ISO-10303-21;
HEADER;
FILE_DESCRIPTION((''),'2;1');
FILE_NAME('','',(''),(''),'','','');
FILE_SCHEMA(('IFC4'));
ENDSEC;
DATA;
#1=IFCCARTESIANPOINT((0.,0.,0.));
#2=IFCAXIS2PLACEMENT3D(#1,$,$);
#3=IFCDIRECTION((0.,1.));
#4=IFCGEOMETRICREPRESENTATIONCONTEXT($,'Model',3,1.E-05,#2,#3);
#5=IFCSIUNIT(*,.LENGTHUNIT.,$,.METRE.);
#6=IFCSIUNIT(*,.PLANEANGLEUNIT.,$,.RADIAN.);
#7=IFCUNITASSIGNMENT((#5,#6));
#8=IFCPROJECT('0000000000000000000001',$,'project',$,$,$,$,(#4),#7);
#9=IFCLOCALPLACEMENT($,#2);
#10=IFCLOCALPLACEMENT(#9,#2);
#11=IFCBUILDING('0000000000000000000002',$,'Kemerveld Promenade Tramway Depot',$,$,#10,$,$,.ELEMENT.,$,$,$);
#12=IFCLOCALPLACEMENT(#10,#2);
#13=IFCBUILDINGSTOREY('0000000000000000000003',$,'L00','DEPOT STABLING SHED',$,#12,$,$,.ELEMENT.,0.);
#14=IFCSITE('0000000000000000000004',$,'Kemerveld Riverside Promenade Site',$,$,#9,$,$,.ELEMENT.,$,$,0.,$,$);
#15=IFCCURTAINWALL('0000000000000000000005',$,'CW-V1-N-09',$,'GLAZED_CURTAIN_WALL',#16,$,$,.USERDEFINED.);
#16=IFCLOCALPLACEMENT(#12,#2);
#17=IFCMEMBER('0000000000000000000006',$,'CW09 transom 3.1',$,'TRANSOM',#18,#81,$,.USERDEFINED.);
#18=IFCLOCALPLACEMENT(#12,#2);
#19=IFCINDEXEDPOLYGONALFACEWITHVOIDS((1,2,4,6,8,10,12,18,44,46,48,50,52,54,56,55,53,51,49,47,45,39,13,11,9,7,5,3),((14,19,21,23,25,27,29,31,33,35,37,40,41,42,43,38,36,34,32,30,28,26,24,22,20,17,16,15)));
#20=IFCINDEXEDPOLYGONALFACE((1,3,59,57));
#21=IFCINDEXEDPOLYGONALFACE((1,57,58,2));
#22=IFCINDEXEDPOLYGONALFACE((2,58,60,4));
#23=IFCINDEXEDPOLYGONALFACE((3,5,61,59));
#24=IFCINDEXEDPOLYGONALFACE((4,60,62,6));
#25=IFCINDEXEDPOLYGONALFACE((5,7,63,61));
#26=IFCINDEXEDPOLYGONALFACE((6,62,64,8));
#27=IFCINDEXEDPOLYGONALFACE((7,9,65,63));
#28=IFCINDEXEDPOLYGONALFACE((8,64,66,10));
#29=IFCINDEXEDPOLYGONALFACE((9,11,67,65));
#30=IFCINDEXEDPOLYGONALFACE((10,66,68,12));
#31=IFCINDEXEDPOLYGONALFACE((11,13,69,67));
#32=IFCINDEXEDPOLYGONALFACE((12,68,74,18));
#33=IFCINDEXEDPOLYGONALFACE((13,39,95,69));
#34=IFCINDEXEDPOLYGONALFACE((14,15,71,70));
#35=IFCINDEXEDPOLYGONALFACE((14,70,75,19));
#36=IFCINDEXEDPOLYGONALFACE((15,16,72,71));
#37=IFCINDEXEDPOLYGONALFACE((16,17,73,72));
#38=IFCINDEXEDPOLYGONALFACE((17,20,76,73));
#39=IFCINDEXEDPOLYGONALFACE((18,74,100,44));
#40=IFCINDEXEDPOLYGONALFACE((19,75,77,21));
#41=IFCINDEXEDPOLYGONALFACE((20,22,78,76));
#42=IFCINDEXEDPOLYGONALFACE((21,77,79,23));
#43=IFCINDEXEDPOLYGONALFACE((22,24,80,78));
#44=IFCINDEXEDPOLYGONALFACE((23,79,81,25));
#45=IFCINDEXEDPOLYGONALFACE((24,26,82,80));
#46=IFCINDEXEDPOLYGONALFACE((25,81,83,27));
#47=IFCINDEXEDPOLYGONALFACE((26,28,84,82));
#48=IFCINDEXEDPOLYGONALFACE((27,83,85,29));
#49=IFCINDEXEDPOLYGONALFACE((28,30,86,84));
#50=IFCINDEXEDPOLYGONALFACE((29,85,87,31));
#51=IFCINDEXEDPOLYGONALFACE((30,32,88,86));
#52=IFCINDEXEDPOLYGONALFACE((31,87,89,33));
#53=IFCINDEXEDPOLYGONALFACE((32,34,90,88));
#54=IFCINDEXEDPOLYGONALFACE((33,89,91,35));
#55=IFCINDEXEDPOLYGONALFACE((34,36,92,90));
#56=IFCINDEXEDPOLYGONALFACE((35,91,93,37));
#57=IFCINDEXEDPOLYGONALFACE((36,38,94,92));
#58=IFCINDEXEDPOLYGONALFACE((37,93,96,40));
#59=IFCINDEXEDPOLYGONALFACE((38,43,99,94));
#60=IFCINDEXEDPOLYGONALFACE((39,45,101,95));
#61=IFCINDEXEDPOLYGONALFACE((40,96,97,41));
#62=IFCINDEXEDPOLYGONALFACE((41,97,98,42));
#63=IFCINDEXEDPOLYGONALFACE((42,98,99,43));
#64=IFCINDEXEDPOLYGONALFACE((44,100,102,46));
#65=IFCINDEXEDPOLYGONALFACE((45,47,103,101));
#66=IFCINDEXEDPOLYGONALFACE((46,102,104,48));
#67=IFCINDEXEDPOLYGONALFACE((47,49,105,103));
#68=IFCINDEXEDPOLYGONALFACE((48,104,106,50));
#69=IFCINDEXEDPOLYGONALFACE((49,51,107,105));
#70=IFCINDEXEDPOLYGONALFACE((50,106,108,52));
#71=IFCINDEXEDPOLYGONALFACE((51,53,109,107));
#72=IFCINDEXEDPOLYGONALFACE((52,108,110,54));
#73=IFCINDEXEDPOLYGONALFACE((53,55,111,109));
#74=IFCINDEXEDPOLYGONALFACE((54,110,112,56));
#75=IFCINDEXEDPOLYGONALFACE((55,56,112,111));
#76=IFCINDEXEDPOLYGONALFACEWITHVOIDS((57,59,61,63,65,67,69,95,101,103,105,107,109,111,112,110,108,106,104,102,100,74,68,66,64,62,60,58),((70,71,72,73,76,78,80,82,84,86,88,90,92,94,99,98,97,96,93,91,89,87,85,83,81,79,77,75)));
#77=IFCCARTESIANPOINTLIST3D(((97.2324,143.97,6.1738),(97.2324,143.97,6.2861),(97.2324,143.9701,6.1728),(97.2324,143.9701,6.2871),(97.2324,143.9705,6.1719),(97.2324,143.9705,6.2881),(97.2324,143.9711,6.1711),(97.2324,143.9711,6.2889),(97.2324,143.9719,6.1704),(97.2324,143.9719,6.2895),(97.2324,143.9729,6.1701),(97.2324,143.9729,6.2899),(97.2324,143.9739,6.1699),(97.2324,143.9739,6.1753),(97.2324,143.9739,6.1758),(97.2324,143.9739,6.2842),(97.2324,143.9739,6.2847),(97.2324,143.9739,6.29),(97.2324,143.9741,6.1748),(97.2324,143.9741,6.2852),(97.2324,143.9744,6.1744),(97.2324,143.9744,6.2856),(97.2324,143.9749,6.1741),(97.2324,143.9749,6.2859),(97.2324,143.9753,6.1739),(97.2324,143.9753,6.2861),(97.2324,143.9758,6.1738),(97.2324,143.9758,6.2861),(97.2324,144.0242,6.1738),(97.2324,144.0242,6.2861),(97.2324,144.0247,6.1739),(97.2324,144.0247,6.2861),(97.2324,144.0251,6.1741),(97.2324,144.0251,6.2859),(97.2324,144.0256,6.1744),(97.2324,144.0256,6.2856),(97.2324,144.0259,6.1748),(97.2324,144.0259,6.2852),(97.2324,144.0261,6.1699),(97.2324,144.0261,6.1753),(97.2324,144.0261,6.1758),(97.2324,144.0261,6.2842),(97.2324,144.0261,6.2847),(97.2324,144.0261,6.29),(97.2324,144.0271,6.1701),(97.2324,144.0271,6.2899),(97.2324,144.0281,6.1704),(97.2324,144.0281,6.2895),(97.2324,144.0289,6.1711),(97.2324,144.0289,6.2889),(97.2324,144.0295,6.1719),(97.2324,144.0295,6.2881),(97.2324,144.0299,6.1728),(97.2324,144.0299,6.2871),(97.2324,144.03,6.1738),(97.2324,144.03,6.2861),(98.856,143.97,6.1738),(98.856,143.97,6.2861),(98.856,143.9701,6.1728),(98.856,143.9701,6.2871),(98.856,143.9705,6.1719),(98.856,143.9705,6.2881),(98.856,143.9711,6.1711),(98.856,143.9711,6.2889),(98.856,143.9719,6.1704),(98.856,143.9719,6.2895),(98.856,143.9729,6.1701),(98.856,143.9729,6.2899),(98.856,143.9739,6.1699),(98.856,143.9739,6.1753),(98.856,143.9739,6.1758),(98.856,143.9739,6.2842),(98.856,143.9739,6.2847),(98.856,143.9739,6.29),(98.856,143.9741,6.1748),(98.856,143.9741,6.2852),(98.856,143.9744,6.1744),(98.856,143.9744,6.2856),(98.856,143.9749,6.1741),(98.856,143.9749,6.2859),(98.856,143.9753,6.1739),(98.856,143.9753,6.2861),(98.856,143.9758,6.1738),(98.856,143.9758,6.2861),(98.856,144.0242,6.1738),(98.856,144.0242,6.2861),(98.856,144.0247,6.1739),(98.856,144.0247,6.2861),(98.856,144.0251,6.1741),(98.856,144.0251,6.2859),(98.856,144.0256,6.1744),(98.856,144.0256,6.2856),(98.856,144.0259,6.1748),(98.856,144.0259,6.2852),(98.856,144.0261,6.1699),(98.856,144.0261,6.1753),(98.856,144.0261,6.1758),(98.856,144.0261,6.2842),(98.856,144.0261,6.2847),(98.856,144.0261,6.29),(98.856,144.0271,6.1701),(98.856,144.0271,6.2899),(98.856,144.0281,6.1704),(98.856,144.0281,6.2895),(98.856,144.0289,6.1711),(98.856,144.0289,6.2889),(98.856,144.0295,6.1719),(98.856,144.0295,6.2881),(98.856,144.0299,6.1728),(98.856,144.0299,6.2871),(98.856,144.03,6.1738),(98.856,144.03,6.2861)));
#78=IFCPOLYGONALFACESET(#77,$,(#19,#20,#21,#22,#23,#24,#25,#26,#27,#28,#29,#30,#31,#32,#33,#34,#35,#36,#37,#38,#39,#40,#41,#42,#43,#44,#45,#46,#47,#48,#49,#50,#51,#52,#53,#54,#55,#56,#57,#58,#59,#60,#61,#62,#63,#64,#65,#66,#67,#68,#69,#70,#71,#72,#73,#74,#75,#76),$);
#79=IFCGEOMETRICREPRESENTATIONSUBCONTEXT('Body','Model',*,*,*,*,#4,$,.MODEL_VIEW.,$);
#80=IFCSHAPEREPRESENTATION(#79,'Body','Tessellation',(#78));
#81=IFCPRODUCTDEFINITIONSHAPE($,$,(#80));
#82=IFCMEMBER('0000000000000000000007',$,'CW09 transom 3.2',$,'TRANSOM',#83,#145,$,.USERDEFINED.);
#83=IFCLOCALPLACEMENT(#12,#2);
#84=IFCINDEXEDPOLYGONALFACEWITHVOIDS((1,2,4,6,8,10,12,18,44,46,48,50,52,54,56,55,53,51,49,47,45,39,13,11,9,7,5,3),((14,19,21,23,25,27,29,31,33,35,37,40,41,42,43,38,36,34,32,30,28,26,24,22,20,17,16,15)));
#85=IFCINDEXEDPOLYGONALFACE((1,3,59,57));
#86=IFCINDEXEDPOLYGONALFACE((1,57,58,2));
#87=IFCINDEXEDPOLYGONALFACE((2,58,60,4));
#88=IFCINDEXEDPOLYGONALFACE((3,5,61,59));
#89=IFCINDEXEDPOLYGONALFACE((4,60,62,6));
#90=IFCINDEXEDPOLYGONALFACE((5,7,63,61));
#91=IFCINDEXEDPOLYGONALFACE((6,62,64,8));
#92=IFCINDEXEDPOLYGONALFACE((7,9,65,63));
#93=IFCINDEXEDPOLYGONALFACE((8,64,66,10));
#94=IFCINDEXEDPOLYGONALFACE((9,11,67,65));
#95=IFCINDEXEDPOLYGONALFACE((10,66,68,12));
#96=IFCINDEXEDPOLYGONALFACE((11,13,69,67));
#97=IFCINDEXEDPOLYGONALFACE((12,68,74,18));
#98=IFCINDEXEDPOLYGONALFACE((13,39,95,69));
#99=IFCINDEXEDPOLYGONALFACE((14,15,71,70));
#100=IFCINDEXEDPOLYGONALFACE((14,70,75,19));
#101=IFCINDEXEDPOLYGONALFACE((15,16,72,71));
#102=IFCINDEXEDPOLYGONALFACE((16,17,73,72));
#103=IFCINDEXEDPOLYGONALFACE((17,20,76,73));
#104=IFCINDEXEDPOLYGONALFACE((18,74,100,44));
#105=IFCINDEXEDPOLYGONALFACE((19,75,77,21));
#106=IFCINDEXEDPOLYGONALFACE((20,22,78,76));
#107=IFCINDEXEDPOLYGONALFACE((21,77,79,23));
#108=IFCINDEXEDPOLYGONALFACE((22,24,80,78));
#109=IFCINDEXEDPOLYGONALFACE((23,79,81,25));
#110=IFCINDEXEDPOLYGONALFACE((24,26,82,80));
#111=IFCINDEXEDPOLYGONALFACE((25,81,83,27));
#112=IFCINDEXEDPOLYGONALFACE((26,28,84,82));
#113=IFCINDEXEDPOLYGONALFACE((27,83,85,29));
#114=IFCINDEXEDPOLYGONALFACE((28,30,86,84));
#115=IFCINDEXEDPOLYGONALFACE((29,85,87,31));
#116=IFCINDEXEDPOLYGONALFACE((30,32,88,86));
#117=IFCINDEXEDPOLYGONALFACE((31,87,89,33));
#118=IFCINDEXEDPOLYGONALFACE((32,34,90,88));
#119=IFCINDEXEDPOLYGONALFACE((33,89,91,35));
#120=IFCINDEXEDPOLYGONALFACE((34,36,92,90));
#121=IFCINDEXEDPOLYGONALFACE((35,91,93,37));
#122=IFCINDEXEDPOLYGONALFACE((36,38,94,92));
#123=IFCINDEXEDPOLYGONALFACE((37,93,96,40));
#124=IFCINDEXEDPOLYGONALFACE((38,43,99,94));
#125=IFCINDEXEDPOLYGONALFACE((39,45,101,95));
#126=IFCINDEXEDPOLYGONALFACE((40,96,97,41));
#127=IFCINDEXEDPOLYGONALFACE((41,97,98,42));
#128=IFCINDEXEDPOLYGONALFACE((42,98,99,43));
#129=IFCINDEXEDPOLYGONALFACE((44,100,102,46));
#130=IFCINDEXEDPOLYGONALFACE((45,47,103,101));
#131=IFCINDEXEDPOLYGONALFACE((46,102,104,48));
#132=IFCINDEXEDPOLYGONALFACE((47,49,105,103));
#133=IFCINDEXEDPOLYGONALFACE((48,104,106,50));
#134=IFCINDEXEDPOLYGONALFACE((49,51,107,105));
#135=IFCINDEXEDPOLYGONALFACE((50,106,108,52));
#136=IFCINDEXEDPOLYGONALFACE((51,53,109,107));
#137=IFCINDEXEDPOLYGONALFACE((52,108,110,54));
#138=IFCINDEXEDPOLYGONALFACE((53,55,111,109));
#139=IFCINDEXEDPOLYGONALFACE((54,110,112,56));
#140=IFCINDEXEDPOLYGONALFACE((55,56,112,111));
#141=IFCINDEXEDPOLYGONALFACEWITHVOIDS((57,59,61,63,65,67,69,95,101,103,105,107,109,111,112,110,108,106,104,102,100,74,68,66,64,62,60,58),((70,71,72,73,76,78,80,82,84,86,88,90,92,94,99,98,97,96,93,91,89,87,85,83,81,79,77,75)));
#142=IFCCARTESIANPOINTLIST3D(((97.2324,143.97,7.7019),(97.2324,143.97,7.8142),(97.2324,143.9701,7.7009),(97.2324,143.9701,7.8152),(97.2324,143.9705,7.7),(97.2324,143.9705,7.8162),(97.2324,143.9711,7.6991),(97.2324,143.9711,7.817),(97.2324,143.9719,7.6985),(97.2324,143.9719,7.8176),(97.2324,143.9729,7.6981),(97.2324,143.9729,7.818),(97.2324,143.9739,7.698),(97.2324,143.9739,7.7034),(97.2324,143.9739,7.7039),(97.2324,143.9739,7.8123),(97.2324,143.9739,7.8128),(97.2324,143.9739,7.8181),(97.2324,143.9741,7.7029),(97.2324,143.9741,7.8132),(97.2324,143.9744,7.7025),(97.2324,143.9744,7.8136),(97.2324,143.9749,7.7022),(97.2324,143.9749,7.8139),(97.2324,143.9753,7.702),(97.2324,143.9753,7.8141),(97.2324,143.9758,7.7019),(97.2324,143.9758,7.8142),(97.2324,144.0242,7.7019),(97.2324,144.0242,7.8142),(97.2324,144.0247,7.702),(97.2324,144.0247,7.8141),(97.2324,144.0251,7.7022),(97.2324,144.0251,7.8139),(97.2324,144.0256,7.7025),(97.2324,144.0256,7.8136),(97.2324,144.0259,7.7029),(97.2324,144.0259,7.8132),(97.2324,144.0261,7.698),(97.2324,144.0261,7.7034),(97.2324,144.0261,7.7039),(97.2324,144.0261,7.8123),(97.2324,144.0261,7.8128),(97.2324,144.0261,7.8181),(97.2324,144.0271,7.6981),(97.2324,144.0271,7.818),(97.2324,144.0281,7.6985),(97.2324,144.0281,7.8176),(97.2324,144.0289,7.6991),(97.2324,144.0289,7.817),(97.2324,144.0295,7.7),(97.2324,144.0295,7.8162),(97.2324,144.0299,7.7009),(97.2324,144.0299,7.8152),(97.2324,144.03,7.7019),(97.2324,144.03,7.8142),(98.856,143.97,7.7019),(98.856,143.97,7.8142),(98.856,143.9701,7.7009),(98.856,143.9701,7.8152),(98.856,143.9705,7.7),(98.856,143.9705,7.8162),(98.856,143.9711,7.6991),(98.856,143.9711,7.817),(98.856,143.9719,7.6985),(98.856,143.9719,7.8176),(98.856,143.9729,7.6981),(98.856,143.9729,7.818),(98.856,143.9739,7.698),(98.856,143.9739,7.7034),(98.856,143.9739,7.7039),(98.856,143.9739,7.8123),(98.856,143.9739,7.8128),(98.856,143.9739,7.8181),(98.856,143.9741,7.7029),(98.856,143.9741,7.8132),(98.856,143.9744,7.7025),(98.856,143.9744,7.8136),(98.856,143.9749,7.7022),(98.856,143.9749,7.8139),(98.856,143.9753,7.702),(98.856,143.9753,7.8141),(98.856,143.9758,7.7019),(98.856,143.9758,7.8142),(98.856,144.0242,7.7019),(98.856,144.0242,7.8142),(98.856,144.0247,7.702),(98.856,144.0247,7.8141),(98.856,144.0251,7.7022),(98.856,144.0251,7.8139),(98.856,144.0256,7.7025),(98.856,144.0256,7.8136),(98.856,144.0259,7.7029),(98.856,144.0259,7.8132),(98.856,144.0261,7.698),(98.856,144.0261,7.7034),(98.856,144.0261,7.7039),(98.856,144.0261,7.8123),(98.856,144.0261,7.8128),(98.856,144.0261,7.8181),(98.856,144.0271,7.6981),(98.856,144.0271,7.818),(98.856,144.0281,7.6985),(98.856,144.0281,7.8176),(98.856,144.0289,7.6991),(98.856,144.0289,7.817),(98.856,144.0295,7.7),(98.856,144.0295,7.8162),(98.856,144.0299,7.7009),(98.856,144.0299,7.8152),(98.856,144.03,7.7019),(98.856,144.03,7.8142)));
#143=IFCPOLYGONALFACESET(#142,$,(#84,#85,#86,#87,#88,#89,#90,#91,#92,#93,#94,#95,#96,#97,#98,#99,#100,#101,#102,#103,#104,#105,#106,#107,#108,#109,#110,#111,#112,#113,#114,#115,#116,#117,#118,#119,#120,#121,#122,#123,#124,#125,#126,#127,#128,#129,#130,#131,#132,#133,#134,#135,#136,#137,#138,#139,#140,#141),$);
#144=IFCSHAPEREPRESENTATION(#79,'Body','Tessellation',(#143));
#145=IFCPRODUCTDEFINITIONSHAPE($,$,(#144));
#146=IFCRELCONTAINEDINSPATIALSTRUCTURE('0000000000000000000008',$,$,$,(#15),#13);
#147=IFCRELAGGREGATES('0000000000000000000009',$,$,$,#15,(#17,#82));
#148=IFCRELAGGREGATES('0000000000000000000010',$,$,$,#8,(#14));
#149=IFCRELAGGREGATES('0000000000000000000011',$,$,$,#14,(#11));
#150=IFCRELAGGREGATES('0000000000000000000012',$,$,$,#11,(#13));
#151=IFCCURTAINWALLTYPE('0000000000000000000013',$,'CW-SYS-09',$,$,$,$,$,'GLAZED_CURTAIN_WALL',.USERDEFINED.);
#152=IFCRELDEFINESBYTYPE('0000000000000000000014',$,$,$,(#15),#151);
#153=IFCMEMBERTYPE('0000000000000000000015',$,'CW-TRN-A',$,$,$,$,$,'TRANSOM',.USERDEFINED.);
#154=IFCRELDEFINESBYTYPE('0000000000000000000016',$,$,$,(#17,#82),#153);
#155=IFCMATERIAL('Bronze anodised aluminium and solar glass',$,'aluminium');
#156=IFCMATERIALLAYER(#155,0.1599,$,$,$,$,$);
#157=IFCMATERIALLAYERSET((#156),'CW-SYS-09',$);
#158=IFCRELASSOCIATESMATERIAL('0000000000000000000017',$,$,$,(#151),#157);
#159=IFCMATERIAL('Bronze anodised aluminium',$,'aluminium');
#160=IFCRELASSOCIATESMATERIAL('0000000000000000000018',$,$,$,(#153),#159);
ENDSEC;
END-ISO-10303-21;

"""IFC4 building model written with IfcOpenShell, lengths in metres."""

from ifc_helpers import new_model, si_unit, direction, frame, origin, origin_2d, place, context, subcontext, project, spatial, hollow_rectangle, extrude, material, layer, layer_set, material_profile, profile_set, type_object, element, aggregate, save


model = new_model("IFC4")

# Units and contexts
model_context = context("Model", 3, precision=1e-05, world=origin(), true_north=direction((0.0, 1.0)))
body_context = subcontext(model_context, "Body", "Model", "MODEL_VIEW")
ifc_project = project(units=[si_unit("LENGTHUNIT", "METRE"), si_unit("PLANEANGLEUNIT", "RADIAN")], contexts=[model_context])

# Site, building, storey
site_placement = place(None, origin())
site = spatial("IfcSite", under=ifc_project, at=site_placement, Name="Kemerveld Riverside Promenade Site", CompositionType="ELEMENT", RefElevation=0.0)
building_placement = place(site_placement, origin())
building = spatial("IfcBuilding", under=site, at=building_placement, Name="Kemerveld Promenade Tramway Depot", CompositionType="ELEMENT")
storey_placement = place(building_placement, origin())
storey = spatial("IfcBuildingStorey", under=building, at=storey_placement, Name="L00", Description="DEPOT STABLING SHED", CompositionType="ELEMENT", Elevation=0.0)

# Curtain wall
ifc_material_1 = material(Name="Bronze anodised aluminium and solar glass", Category="aluminium")
ifc_layer_1 = layer(ifc_material_1, 0.1599)
ifc_layer_set_1 = layer_set([ifc_layer_1], Name="CW-SYS-09")
curtain_wall_type_1 = type_object("IfcCurtainWallType", Name="CW-SYS-09", ElementType="GLAZED_CURTAIN_WALL", PredefinedType="USERDEFINED", material=ifc_layer_set_1)
curtain_wall_1_placement = place(storey_placement, origin())
curtain_wall_1 = element("IfcCurtainWall", 1, at=curtain_wall_1_placement, inside=storey, type_object=curtain_wall_type_1, Name="CW-V1-N-09", ObjectType="GLAZED_CURTAIN_WALL", PredefinedType="USERDEFINED")
ifc_material_2 = material(Name="Bronze anodised aluminium", Category="aluminium")

# Members
ifc_material_profile_1 = material_profile(ifc_material_2, hollow_rectangle(XDim=0.0601, YDim=0.1201, WallThickness=0.0039, InnerFilletRadius=0.002, OuterFilletRadius=0.0039, at=origin_2d()), Name="CW-TRN-120x60")
ifc_profile_set_1 = profile_set([ifc_material_profile_1], Name="Bronze anodised aluminium")
member_type_1 = type_object("IfcMemberType", Name="CW-TRN-A", ElementType="TRANSOM", PredefinedType="USERDEFINED", material=ifc_profile_set_1)
member_1_placement = place(storey_placement, frame((97.2324, 144.0, 6.23), z_axis=(1.0, 0.0, 0.0), x_axis=(0.0, 1.0, 0.0)))
member_1 = element("IfcMember", 2, at=member_1_placement, type_object=member_type_1, Name="CW09 transom 3.1", ObjectType="TRANSOM", PredefinedType="USERDEFINED", context=body_context, shape_type="SweptSolid", body=[
    extrude(hollow_rectangle(XDim=0.0601, YDim=0.1201, WallThickness=0.0039, InnerFilletRadius=0.002, OuterFilletRadius=0.0039, at=origin_2d()), origin(), (0.0, 0.0, 1.0), 1.6235),
])
member_2_placement = place(storey_placement, frame((97.2324, 144.0, 7.7581), z_axis=(1.0, 0.0, 0.0), x_axis=(0.0, 1.0, 0.0)))
member_2 = element("IfcMember", 3, at=member_2_placement, type_object=member_type_1, Name="CW09 transom 3.2", ObjectType="TRANSOM", PredefinedType="USERDEFINED", context=body_context, shape_type="SweptSolid", body=[
    extrude(hollow_rectangle(XDim=0.0601, YDim=0.1201, WallThickness=0.0039, InnerFilletRadius=0.002, OuterFilletRadius=0.0039, at=origin_2d()), origin(), (0.0, 0.0, 1.0), 1.6235),
])

aggregate(curtain_wall_1, [member_1, member_2])

save(model, "model.ifc")
